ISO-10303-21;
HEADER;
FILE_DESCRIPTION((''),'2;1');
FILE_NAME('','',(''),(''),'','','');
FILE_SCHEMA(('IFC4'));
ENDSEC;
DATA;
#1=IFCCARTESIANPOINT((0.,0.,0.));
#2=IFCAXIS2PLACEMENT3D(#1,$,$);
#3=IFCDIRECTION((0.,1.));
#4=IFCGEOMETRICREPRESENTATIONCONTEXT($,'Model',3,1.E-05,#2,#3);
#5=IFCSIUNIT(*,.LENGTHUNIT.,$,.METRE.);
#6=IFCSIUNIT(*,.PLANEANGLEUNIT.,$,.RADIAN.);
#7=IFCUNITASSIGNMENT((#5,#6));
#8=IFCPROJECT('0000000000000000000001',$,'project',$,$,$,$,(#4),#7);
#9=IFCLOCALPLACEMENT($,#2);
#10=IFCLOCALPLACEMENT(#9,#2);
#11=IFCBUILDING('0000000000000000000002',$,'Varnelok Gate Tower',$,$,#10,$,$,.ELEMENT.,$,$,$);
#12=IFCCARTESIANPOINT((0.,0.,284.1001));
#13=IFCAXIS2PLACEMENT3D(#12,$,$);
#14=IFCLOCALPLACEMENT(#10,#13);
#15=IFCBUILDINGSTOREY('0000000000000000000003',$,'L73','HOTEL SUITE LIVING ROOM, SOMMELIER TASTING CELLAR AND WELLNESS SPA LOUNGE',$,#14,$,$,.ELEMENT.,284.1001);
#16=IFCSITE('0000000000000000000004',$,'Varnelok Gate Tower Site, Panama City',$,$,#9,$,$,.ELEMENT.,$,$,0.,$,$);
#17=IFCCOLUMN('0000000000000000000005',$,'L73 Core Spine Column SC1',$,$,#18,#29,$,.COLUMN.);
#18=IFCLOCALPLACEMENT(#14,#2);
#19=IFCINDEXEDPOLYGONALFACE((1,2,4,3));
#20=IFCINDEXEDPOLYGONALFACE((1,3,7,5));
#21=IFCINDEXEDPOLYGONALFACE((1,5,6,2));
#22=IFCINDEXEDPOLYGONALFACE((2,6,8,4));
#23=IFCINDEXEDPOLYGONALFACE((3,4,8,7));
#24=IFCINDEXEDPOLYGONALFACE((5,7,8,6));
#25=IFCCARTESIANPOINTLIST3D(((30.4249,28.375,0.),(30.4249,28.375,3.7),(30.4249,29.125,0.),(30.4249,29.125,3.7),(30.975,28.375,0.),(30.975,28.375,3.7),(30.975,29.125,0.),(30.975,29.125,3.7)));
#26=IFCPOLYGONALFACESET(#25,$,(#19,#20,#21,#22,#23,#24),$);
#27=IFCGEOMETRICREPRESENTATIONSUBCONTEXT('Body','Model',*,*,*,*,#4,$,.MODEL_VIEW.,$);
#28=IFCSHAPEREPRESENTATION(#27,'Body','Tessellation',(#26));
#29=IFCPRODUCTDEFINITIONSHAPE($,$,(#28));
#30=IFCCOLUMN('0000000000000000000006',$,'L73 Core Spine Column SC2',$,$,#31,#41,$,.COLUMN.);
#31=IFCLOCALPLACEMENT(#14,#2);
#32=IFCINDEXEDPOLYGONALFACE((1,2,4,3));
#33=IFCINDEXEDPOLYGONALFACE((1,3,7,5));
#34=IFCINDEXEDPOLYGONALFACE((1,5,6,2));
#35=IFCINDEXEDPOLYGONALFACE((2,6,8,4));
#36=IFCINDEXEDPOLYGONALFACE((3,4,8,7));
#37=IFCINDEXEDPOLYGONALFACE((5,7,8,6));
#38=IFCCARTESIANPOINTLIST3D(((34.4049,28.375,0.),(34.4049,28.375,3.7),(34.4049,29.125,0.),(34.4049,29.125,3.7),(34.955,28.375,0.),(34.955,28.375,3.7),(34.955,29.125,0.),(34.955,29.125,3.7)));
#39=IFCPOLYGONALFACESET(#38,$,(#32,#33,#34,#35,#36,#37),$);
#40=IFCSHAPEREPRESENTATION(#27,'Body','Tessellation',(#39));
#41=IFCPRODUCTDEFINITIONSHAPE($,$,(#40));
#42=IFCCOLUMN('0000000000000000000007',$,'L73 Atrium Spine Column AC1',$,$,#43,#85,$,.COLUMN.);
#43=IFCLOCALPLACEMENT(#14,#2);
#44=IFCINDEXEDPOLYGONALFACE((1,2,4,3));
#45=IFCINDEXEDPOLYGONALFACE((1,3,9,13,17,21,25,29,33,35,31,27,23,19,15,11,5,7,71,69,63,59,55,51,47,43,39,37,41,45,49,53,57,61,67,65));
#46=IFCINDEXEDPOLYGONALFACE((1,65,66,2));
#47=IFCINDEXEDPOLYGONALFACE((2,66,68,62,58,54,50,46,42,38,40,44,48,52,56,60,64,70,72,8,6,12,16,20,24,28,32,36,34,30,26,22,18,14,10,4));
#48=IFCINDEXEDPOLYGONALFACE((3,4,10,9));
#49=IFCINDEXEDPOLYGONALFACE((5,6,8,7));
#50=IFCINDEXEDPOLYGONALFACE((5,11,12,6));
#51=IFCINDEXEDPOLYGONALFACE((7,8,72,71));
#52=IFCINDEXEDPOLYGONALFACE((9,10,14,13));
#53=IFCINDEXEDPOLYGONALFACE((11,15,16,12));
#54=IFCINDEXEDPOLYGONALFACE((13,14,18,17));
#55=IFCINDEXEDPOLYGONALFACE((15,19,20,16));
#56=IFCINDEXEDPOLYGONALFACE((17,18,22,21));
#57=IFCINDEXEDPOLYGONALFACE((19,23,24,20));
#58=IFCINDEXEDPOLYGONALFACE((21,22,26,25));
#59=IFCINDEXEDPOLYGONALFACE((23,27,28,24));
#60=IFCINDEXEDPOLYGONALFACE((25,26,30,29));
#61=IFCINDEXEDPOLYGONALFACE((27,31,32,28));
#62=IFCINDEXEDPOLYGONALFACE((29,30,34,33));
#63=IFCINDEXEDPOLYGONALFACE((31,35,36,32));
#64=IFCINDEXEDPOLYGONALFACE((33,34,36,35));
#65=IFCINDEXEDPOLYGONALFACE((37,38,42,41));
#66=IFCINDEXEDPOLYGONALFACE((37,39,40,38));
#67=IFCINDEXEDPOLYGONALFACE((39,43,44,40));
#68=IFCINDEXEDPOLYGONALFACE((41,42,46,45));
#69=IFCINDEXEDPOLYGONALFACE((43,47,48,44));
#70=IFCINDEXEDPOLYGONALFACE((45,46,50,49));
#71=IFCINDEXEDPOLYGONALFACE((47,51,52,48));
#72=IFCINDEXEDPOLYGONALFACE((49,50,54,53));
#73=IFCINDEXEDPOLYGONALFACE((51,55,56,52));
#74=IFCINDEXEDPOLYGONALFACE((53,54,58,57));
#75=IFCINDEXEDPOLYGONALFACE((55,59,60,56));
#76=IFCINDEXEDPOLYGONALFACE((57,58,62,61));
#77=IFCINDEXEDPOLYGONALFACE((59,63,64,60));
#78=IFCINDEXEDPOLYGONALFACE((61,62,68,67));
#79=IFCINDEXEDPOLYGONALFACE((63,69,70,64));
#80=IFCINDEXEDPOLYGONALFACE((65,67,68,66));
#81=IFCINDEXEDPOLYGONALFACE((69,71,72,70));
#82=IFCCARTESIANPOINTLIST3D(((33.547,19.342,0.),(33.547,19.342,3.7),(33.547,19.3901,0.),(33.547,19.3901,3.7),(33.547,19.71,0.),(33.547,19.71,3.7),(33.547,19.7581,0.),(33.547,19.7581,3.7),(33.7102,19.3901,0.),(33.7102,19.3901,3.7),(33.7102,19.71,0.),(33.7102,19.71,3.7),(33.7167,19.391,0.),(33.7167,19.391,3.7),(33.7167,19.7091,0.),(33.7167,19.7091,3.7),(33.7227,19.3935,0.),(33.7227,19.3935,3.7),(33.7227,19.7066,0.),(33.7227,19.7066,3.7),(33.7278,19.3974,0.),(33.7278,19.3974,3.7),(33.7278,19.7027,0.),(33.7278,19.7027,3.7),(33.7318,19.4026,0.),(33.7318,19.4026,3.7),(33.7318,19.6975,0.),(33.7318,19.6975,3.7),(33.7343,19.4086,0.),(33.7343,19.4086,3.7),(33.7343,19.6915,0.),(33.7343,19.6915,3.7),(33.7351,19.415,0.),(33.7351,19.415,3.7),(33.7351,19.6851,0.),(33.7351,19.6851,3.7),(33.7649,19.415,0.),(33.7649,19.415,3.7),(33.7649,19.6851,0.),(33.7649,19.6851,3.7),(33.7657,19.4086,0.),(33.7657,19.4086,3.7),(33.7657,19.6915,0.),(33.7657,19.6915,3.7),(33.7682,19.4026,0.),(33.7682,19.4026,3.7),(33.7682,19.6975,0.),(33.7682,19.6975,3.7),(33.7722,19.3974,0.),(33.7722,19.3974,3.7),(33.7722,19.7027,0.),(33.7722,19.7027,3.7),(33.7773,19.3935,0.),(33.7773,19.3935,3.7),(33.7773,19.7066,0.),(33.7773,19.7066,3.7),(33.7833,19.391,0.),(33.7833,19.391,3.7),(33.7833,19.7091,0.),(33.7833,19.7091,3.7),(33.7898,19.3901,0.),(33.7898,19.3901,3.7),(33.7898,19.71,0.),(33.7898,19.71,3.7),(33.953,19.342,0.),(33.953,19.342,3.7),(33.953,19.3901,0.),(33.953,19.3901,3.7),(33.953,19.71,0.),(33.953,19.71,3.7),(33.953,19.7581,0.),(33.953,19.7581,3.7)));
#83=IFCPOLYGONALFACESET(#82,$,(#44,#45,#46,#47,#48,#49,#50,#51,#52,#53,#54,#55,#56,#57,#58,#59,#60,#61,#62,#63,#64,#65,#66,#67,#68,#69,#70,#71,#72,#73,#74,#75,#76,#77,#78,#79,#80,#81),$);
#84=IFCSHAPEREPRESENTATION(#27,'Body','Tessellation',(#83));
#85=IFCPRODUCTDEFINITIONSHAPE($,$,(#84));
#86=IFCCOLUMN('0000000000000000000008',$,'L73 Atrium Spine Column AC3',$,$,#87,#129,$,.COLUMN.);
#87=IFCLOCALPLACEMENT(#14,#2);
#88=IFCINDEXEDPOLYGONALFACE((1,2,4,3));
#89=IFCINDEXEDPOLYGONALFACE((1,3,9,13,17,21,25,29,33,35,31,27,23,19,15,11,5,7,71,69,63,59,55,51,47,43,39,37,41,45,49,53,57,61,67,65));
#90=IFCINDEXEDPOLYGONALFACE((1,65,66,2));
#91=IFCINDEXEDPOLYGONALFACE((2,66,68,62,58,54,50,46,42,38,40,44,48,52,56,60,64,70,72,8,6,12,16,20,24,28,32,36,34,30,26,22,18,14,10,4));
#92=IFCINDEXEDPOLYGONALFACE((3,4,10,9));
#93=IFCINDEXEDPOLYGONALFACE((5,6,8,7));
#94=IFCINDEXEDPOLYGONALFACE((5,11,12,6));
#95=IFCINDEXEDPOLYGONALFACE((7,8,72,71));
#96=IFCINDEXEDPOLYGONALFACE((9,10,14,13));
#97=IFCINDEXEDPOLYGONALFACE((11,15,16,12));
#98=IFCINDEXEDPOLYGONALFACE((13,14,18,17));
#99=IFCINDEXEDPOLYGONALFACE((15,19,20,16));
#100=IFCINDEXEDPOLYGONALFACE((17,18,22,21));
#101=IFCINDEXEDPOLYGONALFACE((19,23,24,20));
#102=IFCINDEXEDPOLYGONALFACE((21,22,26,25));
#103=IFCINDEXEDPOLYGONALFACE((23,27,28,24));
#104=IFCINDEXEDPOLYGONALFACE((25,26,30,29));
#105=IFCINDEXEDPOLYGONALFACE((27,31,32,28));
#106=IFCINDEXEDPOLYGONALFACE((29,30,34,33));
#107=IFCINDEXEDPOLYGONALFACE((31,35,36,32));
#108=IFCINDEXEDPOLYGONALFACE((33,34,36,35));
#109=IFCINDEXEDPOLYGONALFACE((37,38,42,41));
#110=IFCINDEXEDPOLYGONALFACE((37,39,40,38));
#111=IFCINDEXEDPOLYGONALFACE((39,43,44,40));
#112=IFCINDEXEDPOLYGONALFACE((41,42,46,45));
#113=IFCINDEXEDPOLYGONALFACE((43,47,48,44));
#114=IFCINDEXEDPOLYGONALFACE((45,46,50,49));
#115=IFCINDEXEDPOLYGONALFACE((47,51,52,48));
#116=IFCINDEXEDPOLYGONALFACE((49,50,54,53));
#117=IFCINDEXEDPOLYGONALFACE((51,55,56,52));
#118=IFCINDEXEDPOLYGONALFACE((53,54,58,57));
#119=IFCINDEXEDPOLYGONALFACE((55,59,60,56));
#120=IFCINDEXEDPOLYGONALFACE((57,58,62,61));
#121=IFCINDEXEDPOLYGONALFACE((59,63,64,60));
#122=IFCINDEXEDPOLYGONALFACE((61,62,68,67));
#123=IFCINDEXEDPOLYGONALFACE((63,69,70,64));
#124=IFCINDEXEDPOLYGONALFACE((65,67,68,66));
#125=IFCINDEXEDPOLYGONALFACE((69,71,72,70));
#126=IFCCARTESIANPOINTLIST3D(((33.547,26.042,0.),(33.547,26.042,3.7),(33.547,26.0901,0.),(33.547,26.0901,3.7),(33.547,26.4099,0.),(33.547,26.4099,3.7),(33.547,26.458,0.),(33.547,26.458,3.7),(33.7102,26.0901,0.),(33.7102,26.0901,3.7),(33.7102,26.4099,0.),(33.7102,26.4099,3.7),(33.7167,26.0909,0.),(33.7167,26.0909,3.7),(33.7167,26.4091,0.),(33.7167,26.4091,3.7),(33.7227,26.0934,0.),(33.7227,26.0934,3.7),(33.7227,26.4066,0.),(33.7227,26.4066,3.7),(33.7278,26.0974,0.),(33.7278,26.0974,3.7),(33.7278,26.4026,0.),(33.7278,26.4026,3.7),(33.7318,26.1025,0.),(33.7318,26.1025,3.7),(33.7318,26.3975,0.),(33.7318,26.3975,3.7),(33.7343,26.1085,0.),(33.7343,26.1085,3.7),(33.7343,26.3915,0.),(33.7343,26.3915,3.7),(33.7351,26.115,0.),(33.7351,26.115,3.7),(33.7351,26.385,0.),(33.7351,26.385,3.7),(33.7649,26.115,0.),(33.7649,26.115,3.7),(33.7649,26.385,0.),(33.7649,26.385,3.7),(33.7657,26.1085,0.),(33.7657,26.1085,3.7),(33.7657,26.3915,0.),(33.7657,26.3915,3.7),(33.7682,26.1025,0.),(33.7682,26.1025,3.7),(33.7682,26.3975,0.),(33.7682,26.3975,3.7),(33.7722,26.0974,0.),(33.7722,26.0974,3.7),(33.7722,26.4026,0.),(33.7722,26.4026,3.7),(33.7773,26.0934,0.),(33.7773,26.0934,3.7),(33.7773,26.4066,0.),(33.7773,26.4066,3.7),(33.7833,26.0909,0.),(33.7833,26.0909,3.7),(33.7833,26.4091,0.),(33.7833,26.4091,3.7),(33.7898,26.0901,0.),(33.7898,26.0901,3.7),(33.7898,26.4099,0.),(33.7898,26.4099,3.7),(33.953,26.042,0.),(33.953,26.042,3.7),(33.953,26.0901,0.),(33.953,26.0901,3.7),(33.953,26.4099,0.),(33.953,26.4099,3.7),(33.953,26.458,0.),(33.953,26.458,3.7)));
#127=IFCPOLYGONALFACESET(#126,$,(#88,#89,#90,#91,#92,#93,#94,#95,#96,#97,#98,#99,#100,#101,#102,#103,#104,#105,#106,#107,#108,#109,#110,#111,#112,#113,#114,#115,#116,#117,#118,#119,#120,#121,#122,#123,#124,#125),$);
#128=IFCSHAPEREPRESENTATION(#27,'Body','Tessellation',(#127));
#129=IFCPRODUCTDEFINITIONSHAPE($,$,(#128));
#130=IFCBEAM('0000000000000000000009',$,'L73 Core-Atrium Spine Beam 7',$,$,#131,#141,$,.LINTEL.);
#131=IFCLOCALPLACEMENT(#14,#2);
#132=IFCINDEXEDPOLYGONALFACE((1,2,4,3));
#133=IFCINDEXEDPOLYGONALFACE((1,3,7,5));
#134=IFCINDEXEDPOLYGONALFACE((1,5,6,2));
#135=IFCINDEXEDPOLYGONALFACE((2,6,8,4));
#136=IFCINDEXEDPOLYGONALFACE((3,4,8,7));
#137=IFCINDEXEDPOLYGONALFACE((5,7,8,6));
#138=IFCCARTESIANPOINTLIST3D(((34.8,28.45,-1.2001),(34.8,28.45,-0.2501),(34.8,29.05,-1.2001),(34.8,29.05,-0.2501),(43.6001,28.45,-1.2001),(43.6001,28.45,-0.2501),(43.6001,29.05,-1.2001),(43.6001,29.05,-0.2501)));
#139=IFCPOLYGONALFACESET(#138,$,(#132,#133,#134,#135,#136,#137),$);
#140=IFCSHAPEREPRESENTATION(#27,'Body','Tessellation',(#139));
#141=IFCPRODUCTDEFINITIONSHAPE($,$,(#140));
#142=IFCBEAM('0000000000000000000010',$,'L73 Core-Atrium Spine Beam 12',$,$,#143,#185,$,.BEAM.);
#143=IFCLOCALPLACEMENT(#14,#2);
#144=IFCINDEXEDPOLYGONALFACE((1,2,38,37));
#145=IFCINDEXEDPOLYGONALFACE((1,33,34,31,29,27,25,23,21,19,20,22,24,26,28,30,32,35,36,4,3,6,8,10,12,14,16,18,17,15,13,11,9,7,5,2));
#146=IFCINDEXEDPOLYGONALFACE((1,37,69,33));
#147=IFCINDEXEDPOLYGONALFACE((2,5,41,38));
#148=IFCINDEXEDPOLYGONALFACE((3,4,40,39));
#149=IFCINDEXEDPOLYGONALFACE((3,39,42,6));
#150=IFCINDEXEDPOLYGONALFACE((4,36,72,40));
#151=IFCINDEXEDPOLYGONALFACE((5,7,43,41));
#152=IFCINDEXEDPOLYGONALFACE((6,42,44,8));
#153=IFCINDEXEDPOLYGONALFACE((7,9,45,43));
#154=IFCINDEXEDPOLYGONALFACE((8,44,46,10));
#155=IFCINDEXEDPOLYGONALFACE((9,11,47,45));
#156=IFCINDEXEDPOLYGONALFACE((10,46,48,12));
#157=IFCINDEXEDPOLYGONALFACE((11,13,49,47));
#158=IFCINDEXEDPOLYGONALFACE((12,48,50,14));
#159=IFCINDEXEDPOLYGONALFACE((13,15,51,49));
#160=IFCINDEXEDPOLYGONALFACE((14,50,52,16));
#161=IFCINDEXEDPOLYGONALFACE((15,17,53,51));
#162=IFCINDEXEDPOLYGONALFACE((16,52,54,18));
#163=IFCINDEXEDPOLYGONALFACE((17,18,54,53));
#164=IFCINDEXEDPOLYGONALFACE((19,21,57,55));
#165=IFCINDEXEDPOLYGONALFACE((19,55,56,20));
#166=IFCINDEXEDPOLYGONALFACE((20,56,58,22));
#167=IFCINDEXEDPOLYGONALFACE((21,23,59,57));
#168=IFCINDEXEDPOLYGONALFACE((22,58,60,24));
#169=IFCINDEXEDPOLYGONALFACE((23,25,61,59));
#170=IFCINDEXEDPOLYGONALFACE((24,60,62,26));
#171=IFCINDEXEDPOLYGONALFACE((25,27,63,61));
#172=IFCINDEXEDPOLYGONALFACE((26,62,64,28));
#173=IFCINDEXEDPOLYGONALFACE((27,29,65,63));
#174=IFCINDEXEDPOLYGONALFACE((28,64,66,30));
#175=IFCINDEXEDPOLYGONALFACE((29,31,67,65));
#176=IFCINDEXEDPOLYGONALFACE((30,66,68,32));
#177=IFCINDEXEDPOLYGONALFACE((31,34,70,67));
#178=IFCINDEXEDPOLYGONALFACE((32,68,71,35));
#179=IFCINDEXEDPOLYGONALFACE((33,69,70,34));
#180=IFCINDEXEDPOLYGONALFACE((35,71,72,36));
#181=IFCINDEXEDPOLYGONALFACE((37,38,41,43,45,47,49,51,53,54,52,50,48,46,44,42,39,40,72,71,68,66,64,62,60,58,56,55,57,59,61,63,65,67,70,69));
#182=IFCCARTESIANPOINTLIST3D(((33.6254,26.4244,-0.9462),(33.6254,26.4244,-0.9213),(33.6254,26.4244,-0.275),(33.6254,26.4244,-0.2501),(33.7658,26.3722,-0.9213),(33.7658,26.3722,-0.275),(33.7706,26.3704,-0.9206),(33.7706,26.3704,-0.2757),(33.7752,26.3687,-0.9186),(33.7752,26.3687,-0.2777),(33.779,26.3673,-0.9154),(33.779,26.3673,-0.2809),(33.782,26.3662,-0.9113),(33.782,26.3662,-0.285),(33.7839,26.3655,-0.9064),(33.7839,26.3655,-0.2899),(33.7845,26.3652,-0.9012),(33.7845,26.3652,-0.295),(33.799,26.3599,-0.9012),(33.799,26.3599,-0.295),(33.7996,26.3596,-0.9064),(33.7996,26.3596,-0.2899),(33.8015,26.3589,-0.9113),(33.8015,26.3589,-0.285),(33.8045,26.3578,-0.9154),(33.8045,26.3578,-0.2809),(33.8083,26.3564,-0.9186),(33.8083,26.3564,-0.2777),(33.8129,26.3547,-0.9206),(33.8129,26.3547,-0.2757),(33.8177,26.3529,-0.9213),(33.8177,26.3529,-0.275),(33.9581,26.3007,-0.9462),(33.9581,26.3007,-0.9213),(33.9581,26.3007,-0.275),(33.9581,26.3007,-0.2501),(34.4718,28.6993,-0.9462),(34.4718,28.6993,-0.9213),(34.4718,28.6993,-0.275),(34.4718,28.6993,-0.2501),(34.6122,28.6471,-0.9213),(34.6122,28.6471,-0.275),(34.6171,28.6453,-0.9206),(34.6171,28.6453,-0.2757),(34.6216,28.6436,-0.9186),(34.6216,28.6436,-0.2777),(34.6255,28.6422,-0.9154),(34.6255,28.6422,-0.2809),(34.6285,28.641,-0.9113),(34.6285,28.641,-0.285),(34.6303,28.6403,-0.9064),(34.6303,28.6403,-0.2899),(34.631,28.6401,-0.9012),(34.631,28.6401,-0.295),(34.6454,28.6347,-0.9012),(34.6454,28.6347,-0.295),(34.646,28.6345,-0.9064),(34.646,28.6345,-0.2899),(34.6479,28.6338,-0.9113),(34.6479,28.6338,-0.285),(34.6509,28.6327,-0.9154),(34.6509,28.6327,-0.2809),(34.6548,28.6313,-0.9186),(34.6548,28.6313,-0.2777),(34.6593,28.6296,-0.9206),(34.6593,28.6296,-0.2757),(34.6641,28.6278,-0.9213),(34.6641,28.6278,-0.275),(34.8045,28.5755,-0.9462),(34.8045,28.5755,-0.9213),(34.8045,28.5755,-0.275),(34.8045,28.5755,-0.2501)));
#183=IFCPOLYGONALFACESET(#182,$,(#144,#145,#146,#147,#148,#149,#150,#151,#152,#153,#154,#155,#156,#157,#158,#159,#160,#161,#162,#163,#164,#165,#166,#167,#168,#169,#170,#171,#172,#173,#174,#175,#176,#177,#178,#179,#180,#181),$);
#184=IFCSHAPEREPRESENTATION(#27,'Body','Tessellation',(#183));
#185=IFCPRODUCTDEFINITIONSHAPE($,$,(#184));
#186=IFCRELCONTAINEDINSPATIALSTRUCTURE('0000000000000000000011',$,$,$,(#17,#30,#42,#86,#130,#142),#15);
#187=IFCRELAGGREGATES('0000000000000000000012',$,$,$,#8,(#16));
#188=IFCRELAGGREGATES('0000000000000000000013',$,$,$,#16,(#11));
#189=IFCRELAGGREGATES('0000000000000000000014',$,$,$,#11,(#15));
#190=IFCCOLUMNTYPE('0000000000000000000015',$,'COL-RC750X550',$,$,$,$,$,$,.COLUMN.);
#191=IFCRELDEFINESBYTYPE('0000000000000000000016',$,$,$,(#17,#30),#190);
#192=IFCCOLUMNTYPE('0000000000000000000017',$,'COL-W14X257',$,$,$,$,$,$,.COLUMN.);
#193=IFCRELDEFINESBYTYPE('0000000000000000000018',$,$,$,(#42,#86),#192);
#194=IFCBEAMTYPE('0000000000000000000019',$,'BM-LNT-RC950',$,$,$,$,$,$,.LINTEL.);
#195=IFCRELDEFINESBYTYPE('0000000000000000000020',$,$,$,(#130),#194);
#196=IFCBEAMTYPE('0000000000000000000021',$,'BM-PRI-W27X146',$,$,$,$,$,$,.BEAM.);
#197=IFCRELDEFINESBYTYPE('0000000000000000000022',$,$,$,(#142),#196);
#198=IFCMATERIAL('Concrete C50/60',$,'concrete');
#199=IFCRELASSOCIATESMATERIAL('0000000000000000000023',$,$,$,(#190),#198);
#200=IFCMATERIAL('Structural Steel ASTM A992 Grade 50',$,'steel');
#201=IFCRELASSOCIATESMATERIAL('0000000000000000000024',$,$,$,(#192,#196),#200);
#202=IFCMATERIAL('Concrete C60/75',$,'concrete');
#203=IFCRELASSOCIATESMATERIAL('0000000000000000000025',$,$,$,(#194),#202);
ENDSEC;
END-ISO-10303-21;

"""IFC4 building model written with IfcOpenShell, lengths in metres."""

from ifc_helpers import new_model, si_unit, direction, frame, origin, origin_2d, place, context, subcontext, project, spatial, rectangle, i_section, extrude, material, material_profile, profile_set, type_object, element, save


model = new_model("IFC4")

# Units and contexts
model_context = context("Model", 3, precision=1e-05, world=origin(), true_north=direction((0.0, 1.0)))
body_context = subcontext(model_context, "Body", "Model", "MODEL_VIEW")
ifc_project = project(units=[si_unit("LENGTHUNIT", "METRE"), si_unit("PLANEANGLEUNIT", "RADIAN")], contexts=[model_context])

# Site, building, storey
site_placement = place(None, origin())
site = spatial("IfcSite", under=ifc_project, at=site_placement, Name="Varnelok Gate Tower Site, Panama City", CompositionType="ELEMENT", RefElevation=0.0)
building_placement = place(site_placement, origin())
building = spatial("IfcBuilding", under=site, at=building_placement, Name="Varnelok Gate Tower", CompositionType="ELEMENT")
storey_placement = place(building_placement, frame((0.0, 0.0, 284.1001)))
storey = spatial("IfcBuildingStorey", under=building, at=storey_placement, Name="L73", Description="HOTEL SUITE LIVING ROOM, SOMMELIER TASTING CELLAR AND WELLNESS SPA LOUNGE", CompositionType="ELEMENT", Elevation=284.1001)

# Columns
ifc_material_1 = material(Name="Concrete C50/60", Category="concrete")
ifc_material_profile_1 = material_profile(ifc_material_1, rectangle(XDim=0.55, YDim=0.75, at=origin_2d()), Name="RC750X550")
ifc_profile_set_1 = profile_set([ifc_material_profile_1], Name="Concrete C50/60")
column_type_1 = type_object("IfcColumnType", Name="COL-RC750X550", PredefinedType="COLUMN", material=ifc_profile_set_1)
for number, where, z_axis, x_axis, name in (
    (1, (30.7, 28.75, 0.0), (0.0, 0.0, 1.0), (1.0, 0.0, 0.0), "L73 Core Spine Column SC1"),
    (2, (34.6799, 28.75, 0.0), (0.0, 0.0, 1.0), (1.0, 0.0, 0.0), "L73 Core Spine Column SC2"),
):
    element("IfcColumn", number, at=place(storey_placement, frame(where, z_axis=z_axis, x_axis=x_axis)), inside=storey, type_object=column_type_1, Name=name, PredefinedType="COLUMN", context=body_context, shape_type="SweptSolid", body=[
        extrude(rectangle(XDim=0.55, YDim=0.75, at=origin_2d()), origin(), (0.0, 0.0, 1.0), 3.7),
    ])
ifc_material_2 = material(Name="Structural Steel ASTM A992 Grade 50", Category="steel")
ifc_material_profile_2 = material_profile(ifc_material_2, i_section(OverallWidth=0.406, OverallDepth=0.416, WebThickness=0.0298, FlangeThickness=0.0481, FilletRadius=0.0249, at=origin_2d()), Name="W14X257")
ifc_profile_set_2 = profile_set([ifc_material_profile_2], Name="Structural Steel ASTM A992 Grade 50")
column_type_2 = type_object("IfcColumnType", Name="COL-W14X257", PredefinedType="COLUMN", material=ifc_profile_set_2)
for number, where, z_axis, x_axis, name in (
    (3, (33.75, 19.55, 0.0), (0.0, 0.0, 1.0), (1.0, 0.0, 0.0), "L73 Atrium Spine Column AC1"),
    (4, (33.75, 26.25, 0.0), (0.0, 0.0, 1.0), (1.0, 0.0, 0.0), "L73 Atrium Spine Column AC3"),
):
    element("IfcColumn", number, at=place(storey_placement, frame(where, z_axis=z_axis, x_axis=x_axis)), inside=storey, type_object=column_type_2, Name=name, PredefinedType="COLUMN", context=body_context, shape_type="SweptSolid", body=[
        extrude(i_section(OverallWidth=0.406, OverallDepth=0.416, WebThickness=0.0298, FlangeThickness=0.0481, FilletRadius=0.0249, at=origin_2d()), origin(), (0.0, 0.0, 1.0), 3.7),
    ])

# Beams
ifc_material_3 = material(Name="Concrete C60/75", Category="concrete")
ifc_material_profile_3 = material_profile(ifc_material_3, rectangle(XDim=0.6001, YDim=0.95, at=origin_2d()), Name="RC950X600")
ifc_profile_set_3 = profile_set([ifc_material_profile_3], Name="Concrete C60/75")
beam_type_1 = type_object("IfcBeamType", Name="BM-LNT-RC950", PredefinedType="LINTEL", material=ifc_profile_set_3)
beam_1_placement = place(storey_placement, frame((34.8, 28.75, -0.7251), z_axis=(1.0, 0.0, 0.0), x_axis=(0.0, 1.0, 0.0)))
element("IfcBeam", 5, at=beam_1_placement, inside=storey, type_object=beam_type_1, Name="L73 Core-Atrium Spine Beam 7", PredefinedType="LINTEL", context=body_context, shape_type="SweptSolid", body=[
    extrude(rectangle(XDim=0.6001, YDim=0.95, at=origin_2d()), origin(), (0.0, 0.0, 1.0), 8.8),
])
ifc_material_profile_4 = material_profile(ifc_material_2, i_section(OverallWidth=0.355, OverallDepth=0.696, WebThickness=0.0154, FlangeThickness=0.0249, FilletRadius=0.02, at=origin_2d()), Name="W27X146")
ifc_profile_set_4 = profile_set([ifc_material_profile_4], Name="Structural Steel ASTM A992 Grade 50")
beam_type_2 = type_object("IfcBeamType", Name="BM-PRI-W27X146", PredefinedType="BEAM", material=ifc_profile_set_4)
beam_2_placement = place(storey_placement, frame((33.7917, 26.3625, -0.5981), z_axis=(0.348719, 0.937227, 0.0), x_axis=(-0.937227, 0.348719, 0.0)))
element("IfcBeam", 6, at=beam_2_placement, inside=storey, type_object=beam_type_2, Name="L73 Core-Atrium Spine Beam 12", PredefinedType="BEAM", context=body_context, shape_type="SweptSolid", body=[
    extrude(i_section(OverallWidth=0.355, OverallDepth=0.696, WebThickness=0.0154, FlangeThickness=0.0249, FilletRadius=0.02, at=origin_2d()), origin(), (0.0, 0.0, 1.0), 2.4272),
])

save(model, "model.ifc")
